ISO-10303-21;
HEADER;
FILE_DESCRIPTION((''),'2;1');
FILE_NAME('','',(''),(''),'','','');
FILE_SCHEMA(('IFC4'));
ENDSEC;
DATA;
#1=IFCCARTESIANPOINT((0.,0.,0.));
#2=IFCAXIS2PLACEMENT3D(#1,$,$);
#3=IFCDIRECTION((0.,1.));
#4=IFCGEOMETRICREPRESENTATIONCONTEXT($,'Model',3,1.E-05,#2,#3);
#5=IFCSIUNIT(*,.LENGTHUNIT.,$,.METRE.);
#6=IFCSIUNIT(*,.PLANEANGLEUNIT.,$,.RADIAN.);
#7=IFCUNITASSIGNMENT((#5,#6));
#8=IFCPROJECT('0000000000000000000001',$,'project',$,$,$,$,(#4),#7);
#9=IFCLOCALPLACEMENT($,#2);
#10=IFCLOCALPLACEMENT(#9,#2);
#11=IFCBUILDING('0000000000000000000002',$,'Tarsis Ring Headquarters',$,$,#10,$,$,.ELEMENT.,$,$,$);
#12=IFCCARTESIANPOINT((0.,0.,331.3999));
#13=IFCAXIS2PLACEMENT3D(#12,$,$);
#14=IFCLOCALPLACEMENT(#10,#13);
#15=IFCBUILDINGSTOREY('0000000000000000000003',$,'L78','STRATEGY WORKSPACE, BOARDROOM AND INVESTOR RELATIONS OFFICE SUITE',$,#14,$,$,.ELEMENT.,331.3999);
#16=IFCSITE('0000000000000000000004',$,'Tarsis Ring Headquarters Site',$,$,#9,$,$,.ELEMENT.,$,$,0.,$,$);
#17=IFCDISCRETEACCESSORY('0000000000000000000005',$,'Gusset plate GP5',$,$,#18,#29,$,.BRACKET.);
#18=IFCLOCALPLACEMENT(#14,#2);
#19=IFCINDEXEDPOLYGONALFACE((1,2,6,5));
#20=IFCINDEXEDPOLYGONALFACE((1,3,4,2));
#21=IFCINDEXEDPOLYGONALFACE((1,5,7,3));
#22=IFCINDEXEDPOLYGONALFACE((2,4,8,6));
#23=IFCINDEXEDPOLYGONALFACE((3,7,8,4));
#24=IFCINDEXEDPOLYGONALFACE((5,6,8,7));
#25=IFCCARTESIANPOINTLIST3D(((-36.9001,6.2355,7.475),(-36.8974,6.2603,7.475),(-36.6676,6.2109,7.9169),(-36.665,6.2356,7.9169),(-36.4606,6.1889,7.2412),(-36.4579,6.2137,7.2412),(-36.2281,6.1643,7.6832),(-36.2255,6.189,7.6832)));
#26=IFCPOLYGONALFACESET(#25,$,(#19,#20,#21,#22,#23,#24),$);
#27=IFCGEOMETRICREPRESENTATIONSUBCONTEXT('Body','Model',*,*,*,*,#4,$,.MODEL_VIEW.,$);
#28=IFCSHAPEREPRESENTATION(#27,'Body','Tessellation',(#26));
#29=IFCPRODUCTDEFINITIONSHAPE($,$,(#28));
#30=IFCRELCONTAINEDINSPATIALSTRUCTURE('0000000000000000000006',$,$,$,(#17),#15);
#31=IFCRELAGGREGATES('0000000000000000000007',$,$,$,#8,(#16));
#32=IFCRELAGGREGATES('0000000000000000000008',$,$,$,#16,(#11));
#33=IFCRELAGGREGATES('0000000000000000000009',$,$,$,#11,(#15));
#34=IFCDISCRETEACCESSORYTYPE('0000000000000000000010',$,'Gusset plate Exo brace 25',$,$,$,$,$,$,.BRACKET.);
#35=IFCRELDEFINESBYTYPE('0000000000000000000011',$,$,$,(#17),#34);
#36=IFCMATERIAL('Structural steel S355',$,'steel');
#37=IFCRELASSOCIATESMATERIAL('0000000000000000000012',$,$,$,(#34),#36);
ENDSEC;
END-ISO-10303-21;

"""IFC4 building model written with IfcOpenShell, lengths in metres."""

from ifc_helpers import new_model, si_unit, direction, frame, origin, origin_2d, place, context, subcontext, project, spatial, rectangle, extrude, material, material_profile, profile_set, type_object, element, save


model = new_model("IFC4")

# Units and contexts
model_context = context("Model", 3, precision=1e-05, world=origin(), true_north=direction((0.0, 1.0)))
body_context = subcontext(model_context, "Body", "Model", "MODEL_VIEW")
ifc_project = project(units=[si_unit("LENGTHUNIT", "METRE"), si_unit("PLANEANGLEUNIT", "RADIAN")], contexts=[model_context])

# Site, building, storey
site_placement = place(None, origin())
site = spatial("IfcSite", under=ifc_project, at=site_placement, Name="Tarsis Ring Headquarters Site", CompositionType="ELEMENT", RefElevation=0.0)
building_placement = place(site_placement, origin())
building = spatial("IfcBuilding", under=site, at=building_placement, Name="Tarsis Ring Headquarters", CompositionType="ELEMENT")
storey_placement = place(building_placement, frame((0.0, 0.0, 331.3999)))
storey = spatial("IfcBuildingStorey", under=building, at=storey_placement, Name="L78", Description="STRATEGY WORKSPACE, BOARDROOM AND INVESTOR RELATIONS OFFICE SUITE", CompositionType="ELEMENT", Elevation=331.3999)

# Shared definitions
ifc_material_1 = material(Name="Structural steel S355", Category="steel")

# Discrete accessory
ifc_material_profile_1 = material_profile(ifc_material_1, rectangle(XDim=0.0249, YDim=0.5, at=origin_2d()), Name="PL 25x500")
ifc_profile_set_1 = profile_set([ifc_material_profile_1], Name="Structural steel S355")
discrete_accessory_type = type_object("IfcDiscreteAccessoryType", Name="Gusset plate Exo brace 25", PredefinedType="BRACKET", material=ifc_profile_set_1)
for number, where, z_axis, x_axis, name in (
    (1, (-36.4465, 6.2, 7.8), (-0.464938, 0.049326, -0.883968), (-0.1055, -0.994419, 0.0), "Gusset plate GP5"),
):
    element("IfcDiscreteAccessory", number, at=place(storey_placement, frame(where, z_axis=z_axis, x_axis=x_axis)), inside=storey, type_object=discrete_accessory_type, Name=name, PredefinedType="BRACKET", context=body_context, shape_type="SweptSolid", body=[
        extrude(rectangle(XDim=0.0249, YDim=0.5, at=origin_2d()), origin(), (0.0, 0.0, 1.0), 0.5),
    ])

save(model, "model.ifc")
